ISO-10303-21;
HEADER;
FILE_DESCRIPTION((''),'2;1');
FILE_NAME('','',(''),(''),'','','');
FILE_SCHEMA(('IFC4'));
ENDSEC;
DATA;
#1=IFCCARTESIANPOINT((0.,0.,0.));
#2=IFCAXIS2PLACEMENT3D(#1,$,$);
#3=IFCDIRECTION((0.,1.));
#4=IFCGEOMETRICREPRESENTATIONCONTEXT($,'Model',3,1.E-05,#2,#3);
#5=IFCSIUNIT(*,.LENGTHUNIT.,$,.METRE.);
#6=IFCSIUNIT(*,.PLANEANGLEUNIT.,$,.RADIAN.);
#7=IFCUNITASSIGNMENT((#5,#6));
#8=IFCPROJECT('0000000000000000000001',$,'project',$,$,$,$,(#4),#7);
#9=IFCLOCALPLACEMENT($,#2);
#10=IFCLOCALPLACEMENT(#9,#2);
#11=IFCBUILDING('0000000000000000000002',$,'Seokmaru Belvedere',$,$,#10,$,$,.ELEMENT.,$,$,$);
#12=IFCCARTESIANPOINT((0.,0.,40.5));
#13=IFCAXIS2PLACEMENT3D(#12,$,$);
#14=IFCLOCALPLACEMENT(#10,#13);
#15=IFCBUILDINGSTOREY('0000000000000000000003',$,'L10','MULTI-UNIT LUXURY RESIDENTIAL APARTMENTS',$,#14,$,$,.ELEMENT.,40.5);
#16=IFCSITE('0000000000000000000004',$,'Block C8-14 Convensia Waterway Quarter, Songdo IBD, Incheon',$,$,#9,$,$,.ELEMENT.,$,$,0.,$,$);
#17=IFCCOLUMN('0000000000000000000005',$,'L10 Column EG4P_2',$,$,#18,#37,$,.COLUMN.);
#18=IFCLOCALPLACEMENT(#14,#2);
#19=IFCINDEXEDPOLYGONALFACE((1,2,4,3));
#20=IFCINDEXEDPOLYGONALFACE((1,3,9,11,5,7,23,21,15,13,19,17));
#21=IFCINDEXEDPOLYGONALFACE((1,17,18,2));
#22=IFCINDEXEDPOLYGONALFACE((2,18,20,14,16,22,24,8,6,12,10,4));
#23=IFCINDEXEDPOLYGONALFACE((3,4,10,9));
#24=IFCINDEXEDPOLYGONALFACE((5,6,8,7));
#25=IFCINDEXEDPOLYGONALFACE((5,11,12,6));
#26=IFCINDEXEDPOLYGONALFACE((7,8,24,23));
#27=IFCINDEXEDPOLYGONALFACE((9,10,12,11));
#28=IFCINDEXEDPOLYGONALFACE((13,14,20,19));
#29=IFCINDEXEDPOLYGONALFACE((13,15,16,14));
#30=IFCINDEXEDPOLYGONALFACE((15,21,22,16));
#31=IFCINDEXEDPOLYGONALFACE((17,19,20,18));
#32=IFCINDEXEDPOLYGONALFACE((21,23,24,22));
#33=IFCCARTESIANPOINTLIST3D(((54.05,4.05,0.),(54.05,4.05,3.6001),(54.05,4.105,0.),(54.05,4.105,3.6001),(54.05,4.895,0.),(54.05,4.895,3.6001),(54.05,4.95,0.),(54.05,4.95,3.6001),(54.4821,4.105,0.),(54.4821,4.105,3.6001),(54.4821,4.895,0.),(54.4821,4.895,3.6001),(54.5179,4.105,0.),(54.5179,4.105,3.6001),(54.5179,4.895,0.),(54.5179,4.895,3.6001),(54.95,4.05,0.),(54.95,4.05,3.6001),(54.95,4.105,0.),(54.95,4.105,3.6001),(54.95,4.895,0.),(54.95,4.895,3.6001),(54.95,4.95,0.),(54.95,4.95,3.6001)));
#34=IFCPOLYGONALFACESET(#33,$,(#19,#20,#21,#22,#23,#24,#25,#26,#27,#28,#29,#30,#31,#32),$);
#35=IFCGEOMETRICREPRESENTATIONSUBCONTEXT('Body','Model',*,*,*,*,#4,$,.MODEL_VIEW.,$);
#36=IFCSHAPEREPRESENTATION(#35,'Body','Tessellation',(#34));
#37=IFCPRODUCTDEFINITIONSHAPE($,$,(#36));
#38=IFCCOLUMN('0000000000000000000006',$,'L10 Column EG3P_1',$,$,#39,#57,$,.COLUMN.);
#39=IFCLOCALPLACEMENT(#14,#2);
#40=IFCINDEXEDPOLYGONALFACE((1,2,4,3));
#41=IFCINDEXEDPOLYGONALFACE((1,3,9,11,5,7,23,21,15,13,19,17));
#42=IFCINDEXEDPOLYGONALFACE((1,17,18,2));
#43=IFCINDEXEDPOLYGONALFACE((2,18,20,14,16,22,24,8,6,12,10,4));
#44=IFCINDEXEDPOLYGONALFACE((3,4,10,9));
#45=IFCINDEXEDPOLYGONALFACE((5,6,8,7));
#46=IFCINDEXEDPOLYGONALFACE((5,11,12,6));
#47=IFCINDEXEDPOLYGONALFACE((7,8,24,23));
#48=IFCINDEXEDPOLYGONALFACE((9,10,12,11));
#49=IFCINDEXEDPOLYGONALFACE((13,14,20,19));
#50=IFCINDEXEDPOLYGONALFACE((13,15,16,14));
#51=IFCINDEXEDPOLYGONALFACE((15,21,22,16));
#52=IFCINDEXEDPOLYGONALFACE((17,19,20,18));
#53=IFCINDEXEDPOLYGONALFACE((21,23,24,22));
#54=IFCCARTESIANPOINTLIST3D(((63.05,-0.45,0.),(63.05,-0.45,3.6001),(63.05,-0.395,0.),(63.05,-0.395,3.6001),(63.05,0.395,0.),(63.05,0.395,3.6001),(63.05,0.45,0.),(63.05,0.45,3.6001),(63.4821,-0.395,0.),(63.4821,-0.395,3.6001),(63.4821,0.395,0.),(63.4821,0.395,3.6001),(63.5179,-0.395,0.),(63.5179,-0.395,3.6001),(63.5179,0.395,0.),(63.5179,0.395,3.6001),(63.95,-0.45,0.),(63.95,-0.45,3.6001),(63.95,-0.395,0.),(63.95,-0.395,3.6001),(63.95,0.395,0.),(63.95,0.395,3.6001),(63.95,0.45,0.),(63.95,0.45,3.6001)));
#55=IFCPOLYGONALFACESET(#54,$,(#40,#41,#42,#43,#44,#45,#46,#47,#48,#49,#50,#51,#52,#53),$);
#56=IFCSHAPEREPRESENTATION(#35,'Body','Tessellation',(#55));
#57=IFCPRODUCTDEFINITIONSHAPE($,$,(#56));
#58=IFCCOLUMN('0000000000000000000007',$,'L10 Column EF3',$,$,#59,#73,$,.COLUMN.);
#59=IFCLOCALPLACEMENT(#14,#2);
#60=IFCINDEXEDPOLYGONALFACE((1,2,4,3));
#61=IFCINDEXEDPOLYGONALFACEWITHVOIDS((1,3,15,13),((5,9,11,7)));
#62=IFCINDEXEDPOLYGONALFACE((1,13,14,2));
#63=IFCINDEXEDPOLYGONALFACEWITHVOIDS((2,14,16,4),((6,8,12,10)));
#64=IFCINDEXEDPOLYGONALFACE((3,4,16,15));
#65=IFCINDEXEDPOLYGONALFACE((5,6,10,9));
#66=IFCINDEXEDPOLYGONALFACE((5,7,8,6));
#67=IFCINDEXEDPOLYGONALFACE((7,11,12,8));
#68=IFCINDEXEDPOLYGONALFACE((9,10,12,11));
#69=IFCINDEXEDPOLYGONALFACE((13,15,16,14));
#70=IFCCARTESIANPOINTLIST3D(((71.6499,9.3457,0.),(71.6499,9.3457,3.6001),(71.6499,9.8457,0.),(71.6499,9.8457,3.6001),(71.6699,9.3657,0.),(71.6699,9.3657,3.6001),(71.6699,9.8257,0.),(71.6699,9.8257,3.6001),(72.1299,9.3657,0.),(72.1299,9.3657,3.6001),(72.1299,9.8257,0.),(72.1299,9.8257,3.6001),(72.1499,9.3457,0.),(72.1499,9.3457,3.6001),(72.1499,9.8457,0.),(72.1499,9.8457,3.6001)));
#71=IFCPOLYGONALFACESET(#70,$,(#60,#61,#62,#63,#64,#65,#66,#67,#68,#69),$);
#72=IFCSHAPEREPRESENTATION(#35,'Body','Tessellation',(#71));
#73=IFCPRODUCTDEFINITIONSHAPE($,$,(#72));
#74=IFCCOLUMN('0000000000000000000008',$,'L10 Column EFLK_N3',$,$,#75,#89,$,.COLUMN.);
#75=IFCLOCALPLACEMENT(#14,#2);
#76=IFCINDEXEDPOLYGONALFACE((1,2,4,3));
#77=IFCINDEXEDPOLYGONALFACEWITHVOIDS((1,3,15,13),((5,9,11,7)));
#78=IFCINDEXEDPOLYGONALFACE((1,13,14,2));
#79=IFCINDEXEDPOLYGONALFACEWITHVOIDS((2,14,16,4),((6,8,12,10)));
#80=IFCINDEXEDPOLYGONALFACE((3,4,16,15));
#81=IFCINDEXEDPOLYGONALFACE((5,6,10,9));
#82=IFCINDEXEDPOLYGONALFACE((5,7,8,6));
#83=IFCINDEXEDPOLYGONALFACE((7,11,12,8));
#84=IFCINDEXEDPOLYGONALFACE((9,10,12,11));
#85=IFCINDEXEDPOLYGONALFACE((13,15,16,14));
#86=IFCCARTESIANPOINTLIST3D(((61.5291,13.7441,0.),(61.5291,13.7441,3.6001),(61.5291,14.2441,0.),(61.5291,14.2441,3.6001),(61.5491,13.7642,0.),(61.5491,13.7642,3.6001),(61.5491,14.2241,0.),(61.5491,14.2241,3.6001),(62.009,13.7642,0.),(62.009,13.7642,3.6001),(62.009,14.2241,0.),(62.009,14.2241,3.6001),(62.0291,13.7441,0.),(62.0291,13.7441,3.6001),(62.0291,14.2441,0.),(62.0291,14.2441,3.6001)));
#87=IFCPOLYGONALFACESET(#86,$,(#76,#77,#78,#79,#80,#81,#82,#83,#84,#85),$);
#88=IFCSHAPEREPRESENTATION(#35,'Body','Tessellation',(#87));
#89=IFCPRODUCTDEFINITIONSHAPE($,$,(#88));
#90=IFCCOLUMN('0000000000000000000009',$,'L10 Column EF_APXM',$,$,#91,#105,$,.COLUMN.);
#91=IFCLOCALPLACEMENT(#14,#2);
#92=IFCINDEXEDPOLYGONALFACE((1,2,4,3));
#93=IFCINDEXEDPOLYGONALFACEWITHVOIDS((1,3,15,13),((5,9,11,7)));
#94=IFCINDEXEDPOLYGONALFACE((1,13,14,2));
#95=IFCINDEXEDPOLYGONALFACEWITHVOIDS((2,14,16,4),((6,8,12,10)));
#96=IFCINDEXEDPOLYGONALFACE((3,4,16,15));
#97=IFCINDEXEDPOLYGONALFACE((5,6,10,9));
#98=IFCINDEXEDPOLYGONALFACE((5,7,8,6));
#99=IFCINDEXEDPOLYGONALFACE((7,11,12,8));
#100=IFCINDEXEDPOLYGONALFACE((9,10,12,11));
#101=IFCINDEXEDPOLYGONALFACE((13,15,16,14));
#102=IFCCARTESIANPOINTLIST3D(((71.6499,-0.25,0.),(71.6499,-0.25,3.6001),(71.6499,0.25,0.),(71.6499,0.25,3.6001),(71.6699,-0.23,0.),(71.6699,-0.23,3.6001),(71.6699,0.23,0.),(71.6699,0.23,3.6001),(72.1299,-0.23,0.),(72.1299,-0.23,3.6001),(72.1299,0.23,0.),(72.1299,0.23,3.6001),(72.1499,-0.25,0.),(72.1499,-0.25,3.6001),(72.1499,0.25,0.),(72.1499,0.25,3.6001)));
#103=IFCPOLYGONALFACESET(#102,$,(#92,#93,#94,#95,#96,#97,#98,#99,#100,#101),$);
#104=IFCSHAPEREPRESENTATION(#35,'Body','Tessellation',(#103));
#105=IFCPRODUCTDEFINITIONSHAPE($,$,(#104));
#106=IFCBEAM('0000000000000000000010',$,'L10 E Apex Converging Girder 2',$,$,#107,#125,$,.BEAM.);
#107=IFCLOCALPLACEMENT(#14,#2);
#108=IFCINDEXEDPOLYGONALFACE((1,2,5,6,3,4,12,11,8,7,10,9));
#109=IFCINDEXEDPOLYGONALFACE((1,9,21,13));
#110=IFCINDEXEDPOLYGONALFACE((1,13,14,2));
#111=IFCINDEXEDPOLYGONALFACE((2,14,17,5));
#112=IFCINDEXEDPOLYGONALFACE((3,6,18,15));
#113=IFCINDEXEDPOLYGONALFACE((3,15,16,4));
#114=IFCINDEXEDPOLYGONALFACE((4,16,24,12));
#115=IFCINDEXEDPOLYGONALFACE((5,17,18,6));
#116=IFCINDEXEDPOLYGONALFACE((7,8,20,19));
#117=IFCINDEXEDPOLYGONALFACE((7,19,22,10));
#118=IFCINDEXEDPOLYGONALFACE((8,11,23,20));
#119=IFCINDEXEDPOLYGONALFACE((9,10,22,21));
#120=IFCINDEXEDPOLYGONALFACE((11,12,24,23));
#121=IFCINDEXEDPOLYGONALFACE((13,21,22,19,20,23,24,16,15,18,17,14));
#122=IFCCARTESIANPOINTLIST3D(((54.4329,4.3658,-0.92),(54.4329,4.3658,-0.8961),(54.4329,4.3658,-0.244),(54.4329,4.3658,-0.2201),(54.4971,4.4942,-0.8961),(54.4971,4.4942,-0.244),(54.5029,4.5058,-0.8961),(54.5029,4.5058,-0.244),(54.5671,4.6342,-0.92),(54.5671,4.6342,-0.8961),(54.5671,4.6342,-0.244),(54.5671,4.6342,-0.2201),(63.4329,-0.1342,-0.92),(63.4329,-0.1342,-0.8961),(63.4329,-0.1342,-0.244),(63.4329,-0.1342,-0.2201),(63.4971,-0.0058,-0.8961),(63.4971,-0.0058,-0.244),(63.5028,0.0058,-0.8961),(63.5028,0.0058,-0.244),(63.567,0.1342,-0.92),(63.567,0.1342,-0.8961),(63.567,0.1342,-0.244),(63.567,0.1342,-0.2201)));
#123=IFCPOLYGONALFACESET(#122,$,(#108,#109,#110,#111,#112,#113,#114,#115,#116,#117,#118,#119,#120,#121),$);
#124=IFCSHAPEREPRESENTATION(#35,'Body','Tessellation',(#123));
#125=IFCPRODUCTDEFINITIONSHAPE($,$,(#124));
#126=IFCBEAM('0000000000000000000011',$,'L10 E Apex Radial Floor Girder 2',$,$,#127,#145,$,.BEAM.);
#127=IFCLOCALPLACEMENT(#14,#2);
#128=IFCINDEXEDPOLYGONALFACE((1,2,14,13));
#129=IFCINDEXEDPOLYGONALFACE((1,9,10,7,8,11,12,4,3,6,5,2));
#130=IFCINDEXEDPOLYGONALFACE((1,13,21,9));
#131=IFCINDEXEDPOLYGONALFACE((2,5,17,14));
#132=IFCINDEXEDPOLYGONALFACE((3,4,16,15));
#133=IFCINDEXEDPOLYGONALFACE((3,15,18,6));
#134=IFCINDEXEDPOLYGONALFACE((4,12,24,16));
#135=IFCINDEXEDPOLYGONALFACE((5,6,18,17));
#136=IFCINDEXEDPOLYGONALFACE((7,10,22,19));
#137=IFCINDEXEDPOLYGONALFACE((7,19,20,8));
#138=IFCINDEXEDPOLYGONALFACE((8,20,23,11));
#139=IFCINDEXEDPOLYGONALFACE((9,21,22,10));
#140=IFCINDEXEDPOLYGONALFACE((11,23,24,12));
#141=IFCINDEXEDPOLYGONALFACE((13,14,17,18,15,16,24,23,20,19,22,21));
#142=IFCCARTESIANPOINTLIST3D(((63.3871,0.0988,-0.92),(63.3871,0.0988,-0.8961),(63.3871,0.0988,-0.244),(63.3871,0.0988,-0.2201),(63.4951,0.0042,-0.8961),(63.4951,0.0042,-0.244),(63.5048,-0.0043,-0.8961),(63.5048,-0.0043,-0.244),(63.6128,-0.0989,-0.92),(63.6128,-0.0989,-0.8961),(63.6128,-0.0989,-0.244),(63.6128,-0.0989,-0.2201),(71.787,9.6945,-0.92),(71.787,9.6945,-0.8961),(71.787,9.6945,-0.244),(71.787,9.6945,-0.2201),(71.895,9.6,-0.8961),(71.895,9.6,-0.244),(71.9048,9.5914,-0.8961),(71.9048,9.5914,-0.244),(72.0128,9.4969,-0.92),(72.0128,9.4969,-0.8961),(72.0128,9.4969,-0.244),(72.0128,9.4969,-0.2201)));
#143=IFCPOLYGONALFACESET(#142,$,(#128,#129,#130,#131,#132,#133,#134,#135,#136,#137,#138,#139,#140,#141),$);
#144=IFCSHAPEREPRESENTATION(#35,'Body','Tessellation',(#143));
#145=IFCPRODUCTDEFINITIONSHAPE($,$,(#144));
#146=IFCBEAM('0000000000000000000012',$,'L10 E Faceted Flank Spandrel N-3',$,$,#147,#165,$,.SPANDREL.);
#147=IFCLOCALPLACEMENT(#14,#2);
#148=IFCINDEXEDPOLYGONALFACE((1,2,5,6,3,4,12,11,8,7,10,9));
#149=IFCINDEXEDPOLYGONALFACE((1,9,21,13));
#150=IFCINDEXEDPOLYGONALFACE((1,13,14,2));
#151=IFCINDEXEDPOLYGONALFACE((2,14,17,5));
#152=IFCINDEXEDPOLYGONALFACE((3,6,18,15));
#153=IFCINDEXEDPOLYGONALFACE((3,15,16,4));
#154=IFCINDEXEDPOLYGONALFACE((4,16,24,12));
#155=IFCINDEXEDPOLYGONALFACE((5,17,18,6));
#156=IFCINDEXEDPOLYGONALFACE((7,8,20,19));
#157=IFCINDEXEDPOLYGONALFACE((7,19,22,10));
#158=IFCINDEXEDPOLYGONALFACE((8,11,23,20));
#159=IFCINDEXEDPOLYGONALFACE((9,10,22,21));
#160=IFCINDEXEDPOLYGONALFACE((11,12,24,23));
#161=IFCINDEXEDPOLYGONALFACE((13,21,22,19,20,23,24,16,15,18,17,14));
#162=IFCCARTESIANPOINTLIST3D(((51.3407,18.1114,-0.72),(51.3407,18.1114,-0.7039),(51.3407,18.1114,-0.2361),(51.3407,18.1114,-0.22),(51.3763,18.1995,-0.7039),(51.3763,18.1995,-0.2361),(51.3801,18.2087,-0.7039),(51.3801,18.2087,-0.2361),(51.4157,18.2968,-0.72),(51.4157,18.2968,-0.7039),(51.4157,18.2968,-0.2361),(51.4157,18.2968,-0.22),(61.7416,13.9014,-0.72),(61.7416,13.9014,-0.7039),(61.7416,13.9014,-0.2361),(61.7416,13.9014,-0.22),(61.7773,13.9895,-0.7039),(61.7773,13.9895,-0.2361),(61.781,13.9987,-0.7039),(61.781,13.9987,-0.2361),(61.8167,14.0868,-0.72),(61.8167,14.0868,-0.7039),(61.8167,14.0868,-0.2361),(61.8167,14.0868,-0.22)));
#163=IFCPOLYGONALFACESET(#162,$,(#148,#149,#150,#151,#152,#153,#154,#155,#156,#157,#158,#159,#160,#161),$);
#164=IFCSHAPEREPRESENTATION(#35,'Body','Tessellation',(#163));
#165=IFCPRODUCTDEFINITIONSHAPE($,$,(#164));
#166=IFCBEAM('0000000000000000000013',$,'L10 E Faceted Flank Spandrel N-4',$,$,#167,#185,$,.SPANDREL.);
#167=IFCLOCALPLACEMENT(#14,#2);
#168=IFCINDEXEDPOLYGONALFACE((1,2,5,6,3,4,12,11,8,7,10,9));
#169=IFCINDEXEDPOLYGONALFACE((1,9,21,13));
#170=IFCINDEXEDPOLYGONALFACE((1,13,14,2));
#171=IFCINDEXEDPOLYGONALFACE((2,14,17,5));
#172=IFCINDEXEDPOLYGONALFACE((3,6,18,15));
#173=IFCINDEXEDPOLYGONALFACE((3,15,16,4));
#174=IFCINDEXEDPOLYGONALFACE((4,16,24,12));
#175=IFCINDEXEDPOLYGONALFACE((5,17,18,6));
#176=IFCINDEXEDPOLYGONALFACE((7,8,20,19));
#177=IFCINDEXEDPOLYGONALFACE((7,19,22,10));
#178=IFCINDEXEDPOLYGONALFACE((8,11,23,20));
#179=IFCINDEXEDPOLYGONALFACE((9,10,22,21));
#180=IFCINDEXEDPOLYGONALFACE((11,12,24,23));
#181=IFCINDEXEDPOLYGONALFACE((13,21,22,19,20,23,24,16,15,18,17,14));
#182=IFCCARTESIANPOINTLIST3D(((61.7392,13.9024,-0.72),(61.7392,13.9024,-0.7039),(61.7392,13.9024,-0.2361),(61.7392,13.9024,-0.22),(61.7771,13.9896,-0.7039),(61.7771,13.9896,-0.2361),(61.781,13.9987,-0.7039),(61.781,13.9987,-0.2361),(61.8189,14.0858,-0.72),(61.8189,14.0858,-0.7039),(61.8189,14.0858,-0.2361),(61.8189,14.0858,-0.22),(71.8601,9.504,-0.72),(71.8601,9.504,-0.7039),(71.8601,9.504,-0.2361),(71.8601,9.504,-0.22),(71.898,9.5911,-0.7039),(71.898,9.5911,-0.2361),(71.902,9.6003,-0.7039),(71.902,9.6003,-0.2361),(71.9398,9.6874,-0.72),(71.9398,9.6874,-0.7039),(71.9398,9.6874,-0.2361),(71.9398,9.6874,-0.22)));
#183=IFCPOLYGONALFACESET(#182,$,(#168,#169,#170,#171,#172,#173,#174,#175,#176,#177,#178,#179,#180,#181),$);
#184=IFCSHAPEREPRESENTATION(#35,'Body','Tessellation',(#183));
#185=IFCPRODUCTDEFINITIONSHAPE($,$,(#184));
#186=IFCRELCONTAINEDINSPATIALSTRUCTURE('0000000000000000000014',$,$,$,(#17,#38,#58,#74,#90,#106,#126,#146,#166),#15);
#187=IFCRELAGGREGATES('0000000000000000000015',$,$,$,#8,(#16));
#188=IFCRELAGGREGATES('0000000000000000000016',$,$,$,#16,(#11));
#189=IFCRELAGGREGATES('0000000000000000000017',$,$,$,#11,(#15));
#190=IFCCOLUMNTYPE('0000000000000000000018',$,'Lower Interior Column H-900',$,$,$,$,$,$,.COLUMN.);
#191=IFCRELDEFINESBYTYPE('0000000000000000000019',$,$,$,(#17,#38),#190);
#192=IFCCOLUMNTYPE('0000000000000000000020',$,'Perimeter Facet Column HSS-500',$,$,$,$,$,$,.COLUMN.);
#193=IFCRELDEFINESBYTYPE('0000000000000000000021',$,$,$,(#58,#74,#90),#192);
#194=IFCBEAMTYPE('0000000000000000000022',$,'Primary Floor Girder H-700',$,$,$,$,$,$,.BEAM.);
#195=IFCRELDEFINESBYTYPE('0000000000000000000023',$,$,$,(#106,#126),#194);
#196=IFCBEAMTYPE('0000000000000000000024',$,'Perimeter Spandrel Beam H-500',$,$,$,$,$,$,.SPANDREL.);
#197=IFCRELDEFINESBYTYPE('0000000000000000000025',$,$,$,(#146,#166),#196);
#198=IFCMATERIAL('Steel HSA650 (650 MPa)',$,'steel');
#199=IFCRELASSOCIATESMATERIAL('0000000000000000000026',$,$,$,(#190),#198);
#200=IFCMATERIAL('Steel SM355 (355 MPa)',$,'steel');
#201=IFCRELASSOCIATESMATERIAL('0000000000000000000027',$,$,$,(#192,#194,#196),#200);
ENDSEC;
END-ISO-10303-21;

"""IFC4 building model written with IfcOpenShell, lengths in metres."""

from ifc_helpers import new_model, si_unit, direction, frame, origin, origin_2d, place, context, subcontext, project, spatial, hollow_rectangle, i_section, extrude, source, transform, mapped, material, material_profile, profile_set, type_object, type_shapes, element, save


model = new_model("IFC4")

# Units and contexts
model_context = context("Model", 3, precision=1e-05, world=origin(), true_north=direction((0.0, 1.0)))
body_context = subcontext(model_context, "Body", "Model", "MODEL_VIEW")
ifc_project = project(units=[si_unit("LENGTHUNIT", "METRE"), si_unit("PLANEANGLEUNIT", "RADIAN")], contexts=[model_context])

# Site, building, storey
site_placement = place(None, origin())
site = spatial("IfcSite", under=ifc_project, at=site_placement, Name="Block C8-14 Convensia Waterway Quarter, Songdo IBD, Incheon", CompositionType="ELEMENT", RefElevation=0.0)
building_placement = place(site_placement, origin())
building = spatial("IfcBuilding", under=site, at=building_placement, Name="Seokmaru Belvedere", CompositionType="ELEMENT")
storey_placement = place(building_placement, frame((0.0, 0.0, 40.5)))
storey = spatial("IfcBuildingStorey", under=building, at=storey_placement, Name="L10", Description="MULTI-UNIT LUXURY RESIDENTIAL APARTMENTS", CompositionType="ELEMENT", Elevation=40.5)

# Columns
ifc_material_1 = material(Name="Steel HSA650 (650 MPa)", Category="steel")
ifc_material_profile_1 = material_profile(ifc_material_1, i_section(OverallWidth=0.8999, OverallDepth=0.8999, WebThickness=0.0359, FlangeThickness=0.0549, at=origin_2d()), Name="H-900x900x36x55")
ifc_profile_set_1 = profile_set([ifc_material_profile_1], Name="Steel HSA650 (650 MPa)")
column_type_1 = type_object("IfcColumnType", Name="Lower Interior Column H-900", PredefinedType="COLUMN", material=ifc_profile_set_1)
shared_shape_1 = source(origin(), body_context, "Body", "SweptSolid", [
    extrude(i_section(OverallWidth=0.8999, OverallDepth=0.8999, WebThickness=0.0359, FlangeThickness=0.0549, at=origin_2d()), origin(), (0.0, 0.0, 1.0), 3.6001),
])
type_shapes(column_type_1, [shared_shape_1])
for number, where, z_axis, x_axis, name in (
    (1, (54.5, 4.5, 0.0), (0.0, 0.0, 1.0), (1.0, 0.0, 0.0), "L10 Column EG4P_2"),
    (2, (63.5, 0.0, 0.0), (0.0, 0.0, 1.0), (1.0, 0.0, 0.0), "L10 Column EG3P_1"),
):
    element("IfcColumn", number, at=place(storey_placement, frame(where, z_axis=z_axis, x_axis=x_axis)), inside=storey, type_object=column_type_1, Name=name, PredefinedType="COLUMN", context=body_context, shape_type="MappedRepresentation", body=[
        mapped(shared_shape_1, transform((0.0, 0.0, 0.0), scale=1.0)),
    ])
ifc_material_2 = material(Name="Steel SM355 (355 MPa)", Category="steel")
ifc_material_profile_2 = material_profile(ifc_material_2, hollow_rectangle(XDim=0.5, YDim=0.5, WallThickness=0.02, at=origin_2d()), Name="HSS-500x500x20")
ifc_profile_set_2 = profile_set([ifc_material_profile_2], Name="Steel SM355 (355 MPa)")
column_type_2 = type_object("IfcColumnType", Name="Perimeter Facet Column HSS-500", PredefinedType="COLUMN", material=ifc_profile_set_2)
shared_shape_2 = source(origin(), body_context, "Body", "SweptSolid", [
    extrude(hollow_rectangle(XDim=0.5, YDim=0.5, WallThickness=0.02, at=origin_2d()), origin(), (0.0, 0.0, 1.0), 3.6001),
])
type_shapes(column_type_2, [shared_shape_2])
for number, where, z_axis, x_axis, name in (
    (3, (71.8999, 9.5957, 0.0), (0.0, 0.0, 1.0), (1.0, 0.0, 0.0), "L10 Column EF3"),
    (4, (61.7791, 13.9941, 0.0), (0.0, 0.0, 1.0), (1.0, 0.0, 0.0), "L10 Column EFLK_N3"),
    (5, (71.8999, 0.0, 0.0), (0.0, 0.0, 1.0), (1.0, 0.0, 0.0), "L10 Column EF_APXM"),
):
    element("IfcColumn", number, at=place(storey_placement, frame(where, z_axis=z_axis, x_axis=x_axis)), inside=storey, type_object=column_type_2, Name=name, PredefinedType="COLUMN", context=body_context, shape_type="MappedRepresentation", body=[
        mapped(shared_shape_2, transform((0.0, 0.0, 0.0), scale=1.0)),
    ])

# Beams
ifc_material_profile_3 = material_profile(ifc_material_2, i_section(OverallWidth=0.3, OverallDepth=0.7, WebThickness=0.0129, FlangeThickness=0.0239, at=origin_2d()), Name="H-700x300x13x24")
ifc_profile_set_3 = profile_set([ifc_material_profile_3], Name="Steel SM355 (355 MPa)")
beam_type_1 = type_object("IfcBeamType", Name="Primary Floor Girder H-700", PredefinedType="BEAM", material=ifc_profile_set_3)
shared_shape_3 = source(origin(), body_context, "Body", "SweptSolid", [
    extrude(i_section(OverallWidth=0.3, OverallDepth=0.7, WebThickness=0.0129, FlangeThickness=0.0239, at=origin_2d()), origin(), (0.0, 0.0, 1.0), 10.0623),
])
beam_1_placement = place(storey_placement, frame((54.5, 4.5, -0.5701), z_axis=(0.894427, -0.447214, 0.0), x_axis=(0.447214, 0.894427, 0.0)))
element("IfcBeam", 6, at=beam_1_placement, inside=storey, type_object=beam_type_1, Name="L10 E Apex Converging Girder 2", PredefinedType="BEAM", context=body_context, shape_type="MappedRepresentation", body=[
    mapped(shared_shape_3, transform((0.0, 0.0, 0.0), scale=1.0)),
])
shared_shape_4 = source(origin(), body_context, "Body", "SweptSolid", [
    extrude(i_section(OverallWidth=0.3, OverallDepth=0.7, WebThickness=0.0129, FlangeThickness=0.0239, at=origin_2d()), origin(), (0.0, 0.0, 1.0), 12.7529),
])
beam_2_placement = place(storey_placement, frame((71.8999, 9.5957, -0.5701), z_axis=(-0.658667, -0.752434, 0.0), x_axis=(0.752434, -0.658667, 0.0)))
element("IfcBeam", 7, at=beam_2_placement, inside=storey, type_object=beam_type_1, Name="L10 E Apex Radial Floor Girder 2", PredefinedType="BEAM", context=body_context, shape_type="MappedRepresentation", body=[
    mapped(shared_shape_4, transform((0.0, 0.0, 0.0), scale=1.0)),
])
ifc_material_profile_4 = material_profile(ifc_material_2, i_section(OverallWidth=0.2, OverallDepth=0.5, WebThickness=0.01, FlangeThickness=0.0161, at=origin_2d()), Name="H-500x200x10x16")
ifc_profile_set_4 = profile_set([ifc_material_profile_4], Name="Steel SM355 (355 MPa)")
beam_type_2 = type_object("IfcBeamType", Name="Perimeter Spandrel Beam H-500", PredefinedType="SPANDREL", material=ifc_profile_set_4)
shared_shape_5 = source(origin(), body_context, "Body", "SweptSolid", [
    extrude(i_section(OverallWidth=0.2, OverallDepth=0.5, WebThickness=0.01, FlangeThickness=0.0161, at=origin_2d()), origin(), (0.0, 0.0, 1.0), 11.2207),
])
beam_3_placement = place(storey_placement, frame((51.3782, 18.2041, -0.47), z_axis=(0.926944, -0.375199, 0.0), x_axis=(0.375199, 0.926944, 0.0)))
element("IfcBeam", 8, at=beam_3_placement, inside=storey, type_object=beam_type_2, Name="L10 E Faceted Flank Spandrel N-3", PredefinedType="SPANDREL", context=body_context, shape_type="MappedRepresentation", body=[
    mapped(shared_shape_5, transform((0.0, 0.0, 0.0), scale=1.0)),
])
shared_shape_6 = source(origin(), body_context, "Body", "SweptSolid", [
    extrude(i_section(OverallWidth=0.2, OverallDepth=0.5, WebThickness=0.01, FlangeThickness=0.0161, at=origin_2d()), origin(), (0.0, 0.0, 1.0), 11.0354),
])
beam_4_placement = place(storey_placement, frame((61.7791, 13.9941, -0.47), z_axis=(0.917134, -0.398579, 0.0), x_axis=(0.398579, 0.917134, 0.0)))
element("IfcBeam", 9, at=beam_4_placement, inside=storey, type_object=beam_type_2, Name="L10 E Faceted Flank Spandrel N-4", PredefinedType="SPANDREL", context=body_context, shape_type="MappedRepresentation", body=[
    mapped(shared_shape_6, transform((0.0, 0.0, 0.0), scale=1.0)),
])

save(model, "model.ifc")
